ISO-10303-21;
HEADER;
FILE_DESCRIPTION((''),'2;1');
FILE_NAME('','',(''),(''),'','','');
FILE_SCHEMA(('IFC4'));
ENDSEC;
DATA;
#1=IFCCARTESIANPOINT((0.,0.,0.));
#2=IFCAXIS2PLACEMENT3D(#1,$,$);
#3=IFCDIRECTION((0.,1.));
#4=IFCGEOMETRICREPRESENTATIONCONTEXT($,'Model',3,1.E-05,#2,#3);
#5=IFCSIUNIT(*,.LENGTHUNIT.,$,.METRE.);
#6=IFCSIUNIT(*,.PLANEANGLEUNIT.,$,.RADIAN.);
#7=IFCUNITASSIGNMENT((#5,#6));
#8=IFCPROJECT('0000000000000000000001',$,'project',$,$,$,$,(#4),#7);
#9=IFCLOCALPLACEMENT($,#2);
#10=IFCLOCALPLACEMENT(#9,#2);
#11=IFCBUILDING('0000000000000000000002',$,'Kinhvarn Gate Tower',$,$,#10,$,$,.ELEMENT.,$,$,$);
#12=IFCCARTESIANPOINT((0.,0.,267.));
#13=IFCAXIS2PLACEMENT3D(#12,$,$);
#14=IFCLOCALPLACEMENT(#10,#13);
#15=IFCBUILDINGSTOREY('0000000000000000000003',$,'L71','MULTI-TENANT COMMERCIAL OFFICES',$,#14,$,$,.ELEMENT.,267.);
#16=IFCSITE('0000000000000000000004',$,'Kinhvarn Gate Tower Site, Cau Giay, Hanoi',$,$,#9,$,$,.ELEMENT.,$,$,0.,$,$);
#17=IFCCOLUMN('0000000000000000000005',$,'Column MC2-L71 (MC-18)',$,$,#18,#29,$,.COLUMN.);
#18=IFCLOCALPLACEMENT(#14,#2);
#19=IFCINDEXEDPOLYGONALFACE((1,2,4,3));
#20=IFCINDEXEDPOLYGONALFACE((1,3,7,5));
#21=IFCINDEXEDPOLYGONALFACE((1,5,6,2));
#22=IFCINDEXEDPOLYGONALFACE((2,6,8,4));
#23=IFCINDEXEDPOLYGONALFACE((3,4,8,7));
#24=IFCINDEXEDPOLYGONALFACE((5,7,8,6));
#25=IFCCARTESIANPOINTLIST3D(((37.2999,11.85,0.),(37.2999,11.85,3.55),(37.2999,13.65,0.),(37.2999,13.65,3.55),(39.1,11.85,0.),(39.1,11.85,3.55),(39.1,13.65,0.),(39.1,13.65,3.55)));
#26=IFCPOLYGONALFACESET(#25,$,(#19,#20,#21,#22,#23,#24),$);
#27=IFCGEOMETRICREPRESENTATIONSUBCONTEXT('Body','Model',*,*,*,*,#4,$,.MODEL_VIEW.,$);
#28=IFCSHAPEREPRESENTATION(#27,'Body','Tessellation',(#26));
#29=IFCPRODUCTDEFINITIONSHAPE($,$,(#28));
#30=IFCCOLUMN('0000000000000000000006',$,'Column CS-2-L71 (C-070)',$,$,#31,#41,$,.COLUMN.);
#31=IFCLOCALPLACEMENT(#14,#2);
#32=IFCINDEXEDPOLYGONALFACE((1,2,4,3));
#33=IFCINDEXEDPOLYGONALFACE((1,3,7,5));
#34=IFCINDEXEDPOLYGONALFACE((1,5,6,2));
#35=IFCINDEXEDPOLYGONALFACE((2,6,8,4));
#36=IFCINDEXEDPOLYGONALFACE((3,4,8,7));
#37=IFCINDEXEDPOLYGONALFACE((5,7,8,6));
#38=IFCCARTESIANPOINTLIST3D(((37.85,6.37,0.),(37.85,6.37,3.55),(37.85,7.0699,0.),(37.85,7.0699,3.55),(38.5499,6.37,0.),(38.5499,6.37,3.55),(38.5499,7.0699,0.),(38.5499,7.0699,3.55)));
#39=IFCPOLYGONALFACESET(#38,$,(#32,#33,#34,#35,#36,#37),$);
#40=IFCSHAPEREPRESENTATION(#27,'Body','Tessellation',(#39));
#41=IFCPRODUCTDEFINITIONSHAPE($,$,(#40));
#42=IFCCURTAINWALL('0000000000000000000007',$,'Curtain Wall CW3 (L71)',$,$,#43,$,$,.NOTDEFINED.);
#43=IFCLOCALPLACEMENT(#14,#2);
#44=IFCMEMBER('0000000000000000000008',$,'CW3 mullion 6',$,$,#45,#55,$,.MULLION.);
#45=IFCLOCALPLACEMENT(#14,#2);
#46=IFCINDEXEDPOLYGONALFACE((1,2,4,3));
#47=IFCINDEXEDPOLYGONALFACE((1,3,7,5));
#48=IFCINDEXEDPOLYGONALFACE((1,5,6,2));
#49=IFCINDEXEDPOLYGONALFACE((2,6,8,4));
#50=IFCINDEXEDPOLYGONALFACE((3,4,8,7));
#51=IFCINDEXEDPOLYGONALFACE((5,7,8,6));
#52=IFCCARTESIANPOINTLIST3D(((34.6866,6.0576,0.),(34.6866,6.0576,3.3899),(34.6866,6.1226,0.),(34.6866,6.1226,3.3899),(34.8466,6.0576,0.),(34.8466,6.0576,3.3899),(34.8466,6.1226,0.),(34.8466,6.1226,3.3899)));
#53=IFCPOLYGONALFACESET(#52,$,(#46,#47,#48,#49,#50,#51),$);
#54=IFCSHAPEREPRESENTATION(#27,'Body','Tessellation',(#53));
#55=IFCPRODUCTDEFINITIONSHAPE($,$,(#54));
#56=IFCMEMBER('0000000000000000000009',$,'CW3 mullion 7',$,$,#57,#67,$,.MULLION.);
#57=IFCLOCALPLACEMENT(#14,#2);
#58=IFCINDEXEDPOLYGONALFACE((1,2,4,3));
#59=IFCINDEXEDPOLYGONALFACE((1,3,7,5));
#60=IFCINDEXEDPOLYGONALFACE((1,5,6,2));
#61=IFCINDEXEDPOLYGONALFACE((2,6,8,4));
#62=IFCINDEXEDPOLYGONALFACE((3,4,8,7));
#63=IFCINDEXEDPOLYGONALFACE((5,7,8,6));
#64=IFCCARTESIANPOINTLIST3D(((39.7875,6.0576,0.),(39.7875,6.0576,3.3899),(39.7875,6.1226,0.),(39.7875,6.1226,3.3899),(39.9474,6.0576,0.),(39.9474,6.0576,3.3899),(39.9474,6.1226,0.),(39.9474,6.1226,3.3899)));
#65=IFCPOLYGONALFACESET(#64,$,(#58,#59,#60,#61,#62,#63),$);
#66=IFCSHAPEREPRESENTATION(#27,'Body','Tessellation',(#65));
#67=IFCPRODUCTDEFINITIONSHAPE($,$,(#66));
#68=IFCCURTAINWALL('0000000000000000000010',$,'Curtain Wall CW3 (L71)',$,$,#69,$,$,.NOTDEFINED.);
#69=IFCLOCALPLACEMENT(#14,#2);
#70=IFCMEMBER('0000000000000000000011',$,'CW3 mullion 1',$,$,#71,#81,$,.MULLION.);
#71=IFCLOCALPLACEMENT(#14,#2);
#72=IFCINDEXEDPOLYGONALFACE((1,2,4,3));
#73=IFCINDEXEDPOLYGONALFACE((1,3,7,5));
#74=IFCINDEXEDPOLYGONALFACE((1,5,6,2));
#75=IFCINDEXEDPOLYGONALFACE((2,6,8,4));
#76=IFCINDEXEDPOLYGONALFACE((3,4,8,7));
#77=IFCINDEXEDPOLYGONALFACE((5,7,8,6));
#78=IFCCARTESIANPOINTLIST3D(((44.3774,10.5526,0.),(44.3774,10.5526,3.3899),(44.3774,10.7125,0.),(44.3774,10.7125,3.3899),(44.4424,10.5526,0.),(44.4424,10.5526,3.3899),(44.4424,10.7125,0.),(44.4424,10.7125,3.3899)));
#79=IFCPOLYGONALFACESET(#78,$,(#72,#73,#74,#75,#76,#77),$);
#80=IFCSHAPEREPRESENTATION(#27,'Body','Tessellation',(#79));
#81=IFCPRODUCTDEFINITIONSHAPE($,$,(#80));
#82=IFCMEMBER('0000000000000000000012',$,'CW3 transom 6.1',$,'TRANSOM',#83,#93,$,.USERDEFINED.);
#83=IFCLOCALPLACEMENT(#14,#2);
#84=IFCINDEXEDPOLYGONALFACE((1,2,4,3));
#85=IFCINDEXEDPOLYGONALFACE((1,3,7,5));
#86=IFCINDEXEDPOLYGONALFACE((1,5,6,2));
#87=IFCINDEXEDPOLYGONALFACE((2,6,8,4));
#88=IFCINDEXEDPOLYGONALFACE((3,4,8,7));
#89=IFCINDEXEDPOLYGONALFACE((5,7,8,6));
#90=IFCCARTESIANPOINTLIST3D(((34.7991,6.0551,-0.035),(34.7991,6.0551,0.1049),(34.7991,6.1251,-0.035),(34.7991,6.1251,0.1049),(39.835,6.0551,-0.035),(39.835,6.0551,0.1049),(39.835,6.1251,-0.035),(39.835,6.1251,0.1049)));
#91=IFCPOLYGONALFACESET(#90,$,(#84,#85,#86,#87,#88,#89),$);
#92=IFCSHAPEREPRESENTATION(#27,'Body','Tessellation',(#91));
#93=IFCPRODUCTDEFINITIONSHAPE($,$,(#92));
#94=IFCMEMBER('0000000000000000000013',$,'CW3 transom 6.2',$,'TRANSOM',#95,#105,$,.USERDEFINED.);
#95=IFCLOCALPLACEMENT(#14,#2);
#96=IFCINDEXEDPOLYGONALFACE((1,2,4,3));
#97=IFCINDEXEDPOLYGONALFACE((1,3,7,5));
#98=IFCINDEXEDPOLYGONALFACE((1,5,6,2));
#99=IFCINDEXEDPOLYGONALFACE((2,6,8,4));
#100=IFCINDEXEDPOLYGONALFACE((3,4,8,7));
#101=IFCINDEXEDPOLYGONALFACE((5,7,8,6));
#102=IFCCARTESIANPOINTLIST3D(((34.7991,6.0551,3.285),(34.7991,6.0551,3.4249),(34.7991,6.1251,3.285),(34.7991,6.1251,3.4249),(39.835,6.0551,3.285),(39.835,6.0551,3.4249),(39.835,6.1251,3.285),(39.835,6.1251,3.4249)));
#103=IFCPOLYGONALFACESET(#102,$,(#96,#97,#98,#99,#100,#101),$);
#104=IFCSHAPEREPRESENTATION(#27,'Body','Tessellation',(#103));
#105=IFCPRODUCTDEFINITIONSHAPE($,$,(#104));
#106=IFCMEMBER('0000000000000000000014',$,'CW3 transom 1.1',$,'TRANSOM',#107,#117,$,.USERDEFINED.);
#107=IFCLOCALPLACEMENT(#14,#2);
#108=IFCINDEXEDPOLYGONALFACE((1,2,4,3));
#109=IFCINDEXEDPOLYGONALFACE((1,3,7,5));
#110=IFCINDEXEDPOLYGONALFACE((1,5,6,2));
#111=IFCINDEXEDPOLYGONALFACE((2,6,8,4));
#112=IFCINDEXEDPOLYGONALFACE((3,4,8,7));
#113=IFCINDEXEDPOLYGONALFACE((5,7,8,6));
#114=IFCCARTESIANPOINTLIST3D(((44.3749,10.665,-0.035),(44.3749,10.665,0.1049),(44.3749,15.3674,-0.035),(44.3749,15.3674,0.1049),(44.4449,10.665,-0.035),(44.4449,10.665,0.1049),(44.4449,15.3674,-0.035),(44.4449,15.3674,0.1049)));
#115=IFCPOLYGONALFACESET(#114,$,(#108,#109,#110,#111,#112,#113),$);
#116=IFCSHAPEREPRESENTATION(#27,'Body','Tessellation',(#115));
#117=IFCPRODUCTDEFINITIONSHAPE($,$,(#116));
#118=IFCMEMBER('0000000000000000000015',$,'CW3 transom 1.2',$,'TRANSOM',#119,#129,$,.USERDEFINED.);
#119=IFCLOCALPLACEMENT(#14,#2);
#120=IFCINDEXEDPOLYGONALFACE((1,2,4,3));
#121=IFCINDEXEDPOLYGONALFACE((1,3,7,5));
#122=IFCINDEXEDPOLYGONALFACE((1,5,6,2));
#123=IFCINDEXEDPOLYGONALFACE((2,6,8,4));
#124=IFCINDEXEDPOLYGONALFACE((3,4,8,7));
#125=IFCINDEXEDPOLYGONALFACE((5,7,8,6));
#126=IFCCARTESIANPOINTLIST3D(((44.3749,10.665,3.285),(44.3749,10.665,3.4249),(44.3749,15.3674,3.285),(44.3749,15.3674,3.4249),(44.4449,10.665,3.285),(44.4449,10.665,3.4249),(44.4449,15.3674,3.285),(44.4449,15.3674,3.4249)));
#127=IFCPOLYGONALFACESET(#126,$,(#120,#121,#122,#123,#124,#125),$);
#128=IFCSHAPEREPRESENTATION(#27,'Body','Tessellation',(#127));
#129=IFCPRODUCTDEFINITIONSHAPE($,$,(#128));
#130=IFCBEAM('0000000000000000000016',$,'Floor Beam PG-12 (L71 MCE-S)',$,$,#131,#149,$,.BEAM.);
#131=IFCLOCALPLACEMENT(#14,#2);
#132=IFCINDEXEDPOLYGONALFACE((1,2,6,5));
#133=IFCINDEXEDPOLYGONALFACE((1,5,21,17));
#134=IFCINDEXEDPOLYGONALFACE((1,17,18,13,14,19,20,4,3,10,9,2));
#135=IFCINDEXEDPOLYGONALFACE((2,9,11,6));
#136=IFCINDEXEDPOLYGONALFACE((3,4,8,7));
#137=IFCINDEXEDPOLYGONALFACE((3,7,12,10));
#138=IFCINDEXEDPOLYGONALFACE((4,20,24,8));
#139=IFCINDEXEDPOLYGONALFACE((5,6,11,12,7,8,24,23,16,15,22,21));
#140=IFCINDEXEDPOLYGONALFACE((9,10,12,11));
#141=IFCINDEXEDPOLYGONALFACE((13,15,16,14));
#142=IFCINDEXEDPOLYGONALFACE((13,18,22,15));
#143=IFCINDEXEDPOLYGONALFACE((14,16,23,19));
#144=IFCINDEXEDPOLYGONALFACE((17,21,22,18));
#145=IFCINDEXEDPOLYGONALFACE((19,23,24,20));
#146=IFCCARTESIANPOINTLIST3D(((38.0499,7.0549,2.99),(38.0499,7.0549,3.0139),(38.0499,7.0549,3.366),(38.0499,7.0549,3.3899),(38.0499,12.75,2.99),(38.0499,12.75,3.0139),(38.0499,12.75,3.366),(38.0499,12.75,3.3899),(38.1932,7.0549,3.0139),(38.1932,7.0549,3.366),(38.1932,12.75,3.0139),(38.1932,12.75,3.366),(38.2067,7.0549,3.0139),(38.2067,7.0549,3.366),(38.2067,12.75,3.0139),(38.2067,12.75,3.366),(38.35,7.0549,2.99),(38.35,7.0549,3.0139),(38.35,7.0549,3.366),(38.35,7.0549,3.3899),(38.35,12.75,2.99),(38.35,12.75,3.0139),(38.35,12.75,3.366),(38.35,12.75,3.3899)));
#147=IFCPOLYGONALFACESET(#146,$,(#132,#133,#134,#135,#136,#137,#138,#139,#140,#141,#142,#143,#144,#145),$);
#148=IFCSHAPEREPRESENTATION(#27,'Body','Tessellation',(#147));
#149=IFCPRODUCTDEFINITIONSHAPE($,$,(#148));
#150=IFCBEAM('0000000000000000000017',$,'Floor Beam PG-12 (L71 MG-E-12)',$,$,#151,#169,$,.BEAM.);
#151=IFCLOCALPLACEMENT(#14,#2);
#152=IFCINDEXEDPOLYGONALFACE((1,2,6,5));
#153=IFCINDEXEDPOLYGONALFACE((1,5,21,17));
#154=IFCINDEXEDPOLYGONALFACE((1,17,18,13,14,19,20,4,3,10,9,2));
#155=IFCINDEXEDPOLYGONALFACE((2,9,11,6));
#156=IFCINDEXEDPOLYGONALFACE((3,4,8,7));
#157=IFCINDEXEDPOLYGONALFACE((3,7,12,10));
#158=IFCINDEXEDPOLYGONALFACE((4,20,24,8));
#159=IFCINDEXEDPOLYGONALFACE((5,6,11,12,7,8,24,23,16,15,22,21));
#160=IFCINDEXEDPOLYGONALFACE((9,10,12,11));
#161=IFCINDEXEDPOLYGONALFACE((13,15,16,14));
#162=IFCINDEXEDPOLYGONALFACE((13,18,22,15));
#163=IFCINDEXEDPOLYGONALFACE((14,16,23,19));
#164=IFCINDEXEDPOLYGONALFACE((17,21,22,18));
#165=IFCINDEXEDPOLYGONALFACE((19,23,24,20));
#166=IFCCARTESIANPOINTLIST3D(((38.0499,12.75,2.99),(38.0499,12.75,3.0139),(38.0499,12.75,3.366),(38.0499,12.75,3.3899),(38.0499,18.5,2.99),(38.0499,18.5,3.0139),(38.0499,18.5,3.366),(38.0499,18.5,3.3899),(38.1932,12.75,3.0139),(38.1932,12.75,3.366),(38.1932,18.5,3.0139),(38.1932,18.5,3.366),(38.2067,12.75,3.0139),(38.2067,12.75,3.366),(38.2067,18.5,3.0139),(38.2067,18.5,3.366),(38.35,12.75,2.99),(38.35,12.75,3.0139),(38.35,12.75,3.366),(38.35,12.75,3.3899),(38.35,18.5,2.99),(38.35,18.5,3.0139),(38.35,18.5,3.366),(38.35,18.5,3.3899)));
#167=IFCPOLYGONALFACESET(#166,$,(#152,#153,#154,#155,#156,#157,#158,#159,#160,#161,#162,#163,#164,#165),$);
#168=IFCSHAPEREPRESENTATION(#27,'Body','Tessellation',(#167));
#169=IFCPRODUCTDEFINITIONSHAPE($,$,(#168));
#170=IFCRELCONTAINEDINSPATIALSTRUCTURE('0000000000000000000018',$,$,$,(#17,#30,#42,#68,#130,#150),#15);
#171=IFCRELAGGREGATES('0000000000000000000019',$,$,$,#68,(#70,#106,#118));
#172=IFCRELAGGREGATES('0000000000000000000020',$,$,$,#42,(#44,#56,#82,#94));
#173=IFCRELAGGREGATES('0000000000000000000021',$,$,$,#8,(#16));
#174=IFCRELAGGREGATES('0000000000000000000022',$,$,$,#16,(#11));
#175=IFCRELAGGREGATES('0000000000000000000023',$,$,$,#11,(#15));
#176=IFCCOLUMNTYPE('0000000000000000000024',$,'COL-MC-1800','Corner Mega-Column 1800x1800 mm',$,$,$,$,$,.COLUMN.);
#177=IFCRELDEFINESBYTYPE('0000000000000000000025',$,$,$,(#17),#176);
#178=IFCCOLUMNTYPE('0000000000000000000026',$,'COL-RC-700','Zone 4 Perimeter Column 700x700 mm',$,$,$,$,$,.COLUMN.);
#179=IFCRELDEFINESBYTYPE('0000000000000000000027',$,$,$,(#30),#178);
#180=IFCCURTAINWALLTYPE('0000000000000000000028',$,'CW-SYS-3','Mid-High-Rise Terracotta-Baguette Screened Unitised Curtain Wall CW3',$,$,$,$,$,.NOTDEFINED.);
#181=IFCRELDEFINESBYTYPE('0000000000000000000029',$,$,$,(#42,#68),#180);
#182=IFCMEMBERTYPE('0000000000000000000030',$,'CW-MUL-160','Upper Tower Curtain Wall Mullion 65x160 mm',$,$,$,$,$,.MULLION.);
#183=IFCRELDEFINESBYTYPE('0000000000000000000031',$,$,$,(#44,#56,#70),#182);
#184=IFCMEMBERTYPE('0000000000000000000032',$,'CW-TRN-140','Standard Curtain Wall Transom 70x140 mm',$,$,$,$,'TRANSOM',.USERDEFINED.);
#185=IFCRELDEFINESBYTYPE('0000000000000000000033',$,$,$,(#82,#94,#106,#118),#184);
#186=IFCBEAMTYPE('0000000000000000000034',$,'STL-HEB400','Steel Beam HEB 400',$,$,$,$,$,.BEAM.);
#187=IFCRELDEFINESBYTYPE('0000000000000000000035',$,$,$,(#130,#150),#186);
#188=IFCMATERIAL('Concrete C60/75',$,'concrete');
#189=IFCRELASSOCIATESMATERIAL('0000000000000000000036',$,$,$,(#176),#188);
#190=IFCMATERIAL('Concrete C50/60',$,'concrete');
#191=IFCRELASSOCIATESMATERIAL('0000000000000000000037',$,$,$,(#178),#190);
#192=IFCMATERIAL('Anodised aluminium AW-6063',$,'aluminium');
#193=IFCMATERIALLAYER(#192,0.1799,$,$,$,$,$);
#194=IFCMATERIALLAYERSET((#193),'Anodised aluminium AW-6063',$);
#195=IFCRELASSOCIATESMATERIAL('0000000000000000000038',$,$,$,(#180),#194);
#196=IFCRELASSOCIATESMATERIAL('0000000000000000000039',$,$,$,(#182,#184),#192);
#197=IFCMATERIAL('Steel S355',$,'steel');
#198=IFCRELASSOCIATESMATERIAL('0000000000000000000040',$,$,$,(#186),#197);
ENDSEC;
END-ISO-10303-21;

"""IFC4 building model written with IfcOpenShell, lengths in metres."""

from ifc_helpers import new_model, si_unit, direction, frame, origin, origin_2d, place, context, subcontext, project, spatial, rectangle, i_section, extrude, material, layer, layer_set, material_profile, profile_set, type_object, element, aggregate, save


model = new_model("IFC4")

# Units and contexts
model_context = context("Model", 3, precision=1e-05, world=origin(), true_north=direction((0.0, 1.0)))
body_context = subcontext(model_context, "Body", "Model", "MODEL_VIEW")
ifc_project = project(units=[si_unit("LENGTHUNIT", "METRE"), si_unit("PLANEANGLEUNIT", "RADIAN")], contexts=[model_context])

# Site, building, storey
site_placement = place(None, origin())
site = spatial("IfcSite", under=ifc_project, at=site_placement, Name="Kinhvarn Gate Tower Site, Cau Giay, Hanoi", CompositionType="ELEMENT", RefElevation=0.0)
building_placement = place(site_placement, origin())
building = spatial("IfcBuilding", under=site, at=building_placement, Name="Kinhvarn Gate Tower", CompositionType="ELEMENT")
storey_placement = place(building_placement, frame((0.0, 0.0, 267.0)))
storey = spatial("IfcBuildingStorey", under=building, at=storey_placement, Name="L71", Description="MULTI-TENANT COMMERCIAL OFFICES", CompositionType="ELEMENT", Elevation=267.0)

# Columns
ifc_material_1 = material(Name="Concrete C60/75", Category="concrete")
ifc_material_profile_1 = material_profile(ifc_material_1, rectangle(XDim=1.8, YDim=1.8, at=origin_2d()), Name="RC 1800x1800")
ifc_profile_set_1 = profile_set([ifc_material_profile_1], Name="Concrete C60/75")
column_type_1 = type_object("IfcColumnType", Name="COL-MC-1800", Description="Corner Mega-Column 1800x1800 mm", PredefinedType="COLUMN", material=ifc_profile_set_1)
column_1_placement = place(storey_placement, frame((38.2, 12.75, 0.0), z_axis=(0.0, 0.0, 1.0), x_axis=(1.0, 0.0, 0.0)))
element("IfcColumn", 1, at=column_1_placement, inside=storey, type_object=column_type_1, Name="Column MC2-L71 (MC-18)", PredefinedType="COLUMN", context=body_context, shape_type="SweptSolid", body=[
    extrude(rectangle(XDim=1.8, YDim=1.8, at=origin_2d()), origin(), (0.0, 0.0, 1.0), 3.55),
])
ifc_material_2 = material(Name="Concrete C50/60", Category="concrete")
ifc_material_profile_2 = material_profile(ifc_material_2, rectangle(XDim=0.7, YDim=0.7, at=origin_2d()), Name="RC 700x700")
ifc_profile_set_2 = profile_set([ifc_material_profile_2], Name="Concrete C50/60")
column_type_2 = type_object("IfcColumnType", Name="COL-RC-700", Description="Zone 4 Perimeter Column 700x700 mm", PredefinedType="COLUMN", material=ifc_profile_set_2)
column_2_placement = place(storey_placement, frame((38.2, 6.72, 0.0), z_axis=(0.0, 0.0, 1.0), x_axis=(1.0, 0.0, 0.0)))
element("IfcColumn", 2, at=column_2_placement, inside=storey, type_object=column_type_2, Name="Column CS-2-L71 (C-070)", PredefinedType="COLUMN", context=body_context, shape_type="SweptSolid", body=[
    extrude(rectangle(XDim=0.7, YDim=0.7, at=origin_2d()), origin(), (0.0, 0.0, 1.0), 3.55),
])

# Curtain wall, members
ifc_material_3 = material(Name="Anodised aluminium AW-6063", Category="aluminium")
ifc_layer_1 = layer(ifc_material_3, 0.1799)
ifc_layer_set_1 = layer_set([ifc_layer_1], Name="Anodised aluminium AW-6063")
curtain_wall_type = type_object("IfcCurtainWallType", Name="CW-SYS-3", Description="Mid-High-Rise Terracotta-Baguette Screened Unitised Curtain Wall CW3", PredefinedType="NOTDEFINED", material=ifc_layer_set_1)
curtain_wall_1_placement = place(storey_placement, origin())
curtain_wall_1 = element("IfcCurtainWall", 3, at=curtain_wall_1_placement, inside=storey, type_object=curtain_wall_type, Name="Curtain Wall CW3 (L71)", PredefinedType="NOTDEFINED")
ifc_material_profile_3 = material_profile(ifc_material_3, rectangle(XDim=0.0649, YDim=0.1599, at=origin_2d()), Name="ALU 65x160")
ifc_profile_set_3 = profile_set([ifc_material_profile_3], Name="Anodised aluminium AW-6063")
member_type_1 = type_object("IfcMemberType", Name="CW-MUL-160", Description="Upper Tower Curtain Wall Mullion 65x160 mm", PredefinedType="MULLION", material=ifc_profile_set_3)
member_1_placement = place(storey_placement, frame((34.7666, 6.0901, 0.0), z_axis=(0.0, 0.0, 1.0), x_axis=(0.0, 1.0, 0.0)))
member_1 = element("IfcMember", 4, at=member_1_placement, type_object=member_type_1, Name="CW3 mullion 6", PredefinedType="MULLION", context=body_context, shape_type="SweptSolid", body=[
    extrude(rectangle(XDim=0.0649, YDim=0.1599, at=origin_2d()), origin(), (0.0, 0.0, 1.0), 3.3899),
])
member_2_placement = place(storey_placement, frame((39.8674, 6.0901, 0.0), z_axis=(0.0, 0.0, 1.0), x_axis=(0.0, 1.0, 0.0)))
member_2 = element("IfcMember", 5, at=member_2_placement, type_object=member_type_1, Name="CW3 mullion 7", PredefinedType="MULLION", context=body_context, shape_type="SweptSolid", body=[
    extrude(rectangle(XDim=0.0649, YDim=0.1599, at=origin_2d()), origin(), (0.0, 0.0, 1.0), 3.3899),
])

# Curtain wall, member
curtain_wall_2_placement = place(storey_placement, origin())
curtain_wall_2 = element("IfcCurtainWall", 6, at=curtain_wall_2_placement, inside=storey, type_object=curtain_wall_type, Name="Curtain Wall CW3 (L71)", PredefinedType="NOTDEFINED")
member_3_placement = place(storey_placement, frame((44.4099, 10.6326, 0.0), z_axis=(0.0, 0.0, 1.0), x_axis=(-1.0, 0.0, 0.0)))
member_3 = element("IfcMember", 7, at=member_3_placement, type_object=member_type_1, Name="CW3 mullion 1", PredefinedType="MULLION", context=body_context, shape_type="SweptSolid", body=[
    extrude(rectangle(XDim=0.0649, YDim=0.1599, at=origin_2d()), origin(), (0.0, 0.0, 1.0), 3.3899),
])

# Members
ifc_material_profile_4 = material_profile(ifc_material_3, rectangle(XDim=0.0701, YDim=0.1399, at=origin_2d()), Name="ALU 70x140")
ifc_profile_set_4 = profile_set([ifc_material_profile_4], Name="Anodised aluminium AW-6063")
member_type_2 = type_object("IfcMemberType", Name="CW-TRN-140", Description="Standard Curtain Wall Transom 70x140 mm", ElementType="TRANSOM", PredefinedType="USERDEFINED", material=ifc_profile_set_4)
member_4_placement = place(storey_placement, frame((34.7991, 6.0901, 0.0349), z_axis=(1.0, 0.0, 0.0), x_axis=(0.0, 1.0, 0.0)))
member_4 = element("IfcMember", 8, at=member_4_placement, type_object=member_type_2, Name="CW3 transom 6.1", ObjectType="TRANSOM", PredefinedType="USERDEFINED", context=body_context, shape_type="SweptSolid", body=[
    extrude(rectangle(XDim=0.0701, YDim=0.1399, at=origin_2d()), origin(), (0.0, 0.0, 1.0), 5.0359),
])
member_5_placement = place(storey_placement, frame((34.7991, 6.0901, 3.355), z_axis=(1.0, 0.0, 0.0), x_axis=(0.0, 1.0, 0.0)))
member_5 = element("IfcMember", 9, at=member_5_placement, type_object=member_type_2, Name="CW3 transom 6.2", ObjectType="TRANSOM", PredefinedType="USERDEFINED", context=body_context, shape_type="SweptSolid", body=[
    extrude(rectangle(XDim=0.0701, YDim=0.1399, at=origin_2d()), origin(), (0.0, 0.0, 1.0), 5.0359),
])
member_6_placement = place(storey_placement, frame((44.4099, 10.665, 0.0349), z_axis=(0.0, 1.0, 0.0), x_axis=(-1.0, 0.0, 0.0)))
member_6 = element("IfcMember", 10, at=member_6_placement, type_object=member_type_2, Name="CW3 transom 1.1", ObjectType="TRANSOM", PredefinedType="USERDEFINED", context=body_context, shape_type="SweptSolid", body=[
    extrude(rectangle(XDim=0.0701, YDim=0.1399, at=origin_2d()), origin(), (0.0, 0.0, 1.0), 4.7024),
])
member_7_placement = place(storey_placement, frame((44.4099, 10.665, 3.355), z_axis=(0.0, 1.0, 0.0), x_axis=(-1.0, 0.0, 0.0)))
member_7 = element("IfcMember", 11, at=member_7_placement, type_object=member_type_2, Name="CW3 transom 1.2", ObjectType="TRANSOM", PredefinedType="USERDEFINED", context=body_context, shape_type="SweptSolid", body=[
    extrude(rectangle(XDim=0.0701, YDim=0.1399, at=origin_2d()), origin(), (0.0, 0.0, 1.0), 4.7024),
])
aggregate(curtain_wall_2, [member_3, member_6, member_7])

# Beams
ifc_material_4 = material(Name="Steel S355", Category="steel")
ifc_material_profile_5 = material_profile(ifc_material_4, i_section(OverallWidth=0.3, OverallDepth=0.3999, WebThickness=0.0134, FlangeThickness=0.0239, at=origin_2d()), Name="HEB 400")
ifc_profile_set_5 = profile_set([ifc_material_profile_5], Name="Steel S355")
beam_type_1 = type_object("IfcBeamType", Name="STL-HEB400", Description="Steel Beam HEB 400", PredefinedType="BEAM", material=ifc_profile_set_5)
beam_1_placement = place(storey_placement, frame((38.2, 7.0549, 3.1899), z_axis=(0.0, 1.0, 0.0), x_axis=(-1.0, 0.0, 0.0)))
element("IfcBeam", 12, at=beam_1_placement, inside=storey, type_object=beam_type_1, Name="Floor Beam PG-12 (L71 MCE-S)", PredefinedType="BEAM", context=body_context, shape_type="SweptSolid", body=[
    extrude(i_section(OverallWidth=0.3, OverallDepth=0.3999, WebThickness=0.0134, FlangeThickness=0.0239, at=origin_2d()), origin(), (0.0, 0.0, 1.0), 5.6951),
])
beam_2_placement = place(storey_placement, frame((38.2, 12.75, 3.1899), z_axis=(0.0, 1.0, 0.0), x_axis=(-1.0, 0.0, 0.0)))
element("IfcBeam", 13, at=beam_2_placement, inside=storey, type_object=beam_type_1, Name="Floor Beam PG-12 (L71 MG-E-12)", PredefinedType="BEAM", context=body_context, shape_type="SweptSolid", body=[
    extrude(i_section(OverallWidth=0.3, OverallDepth=0.3999, WebThickness=0.0134, FlangeThickness=0.0239, at=origin_2d()), origin(), (0.0, 0.0, 1.0), 5.75),
])

aggregate(curtain_wall_1, [member_1, member_2, member_4, member_5])

save(model, "model.ifc")
